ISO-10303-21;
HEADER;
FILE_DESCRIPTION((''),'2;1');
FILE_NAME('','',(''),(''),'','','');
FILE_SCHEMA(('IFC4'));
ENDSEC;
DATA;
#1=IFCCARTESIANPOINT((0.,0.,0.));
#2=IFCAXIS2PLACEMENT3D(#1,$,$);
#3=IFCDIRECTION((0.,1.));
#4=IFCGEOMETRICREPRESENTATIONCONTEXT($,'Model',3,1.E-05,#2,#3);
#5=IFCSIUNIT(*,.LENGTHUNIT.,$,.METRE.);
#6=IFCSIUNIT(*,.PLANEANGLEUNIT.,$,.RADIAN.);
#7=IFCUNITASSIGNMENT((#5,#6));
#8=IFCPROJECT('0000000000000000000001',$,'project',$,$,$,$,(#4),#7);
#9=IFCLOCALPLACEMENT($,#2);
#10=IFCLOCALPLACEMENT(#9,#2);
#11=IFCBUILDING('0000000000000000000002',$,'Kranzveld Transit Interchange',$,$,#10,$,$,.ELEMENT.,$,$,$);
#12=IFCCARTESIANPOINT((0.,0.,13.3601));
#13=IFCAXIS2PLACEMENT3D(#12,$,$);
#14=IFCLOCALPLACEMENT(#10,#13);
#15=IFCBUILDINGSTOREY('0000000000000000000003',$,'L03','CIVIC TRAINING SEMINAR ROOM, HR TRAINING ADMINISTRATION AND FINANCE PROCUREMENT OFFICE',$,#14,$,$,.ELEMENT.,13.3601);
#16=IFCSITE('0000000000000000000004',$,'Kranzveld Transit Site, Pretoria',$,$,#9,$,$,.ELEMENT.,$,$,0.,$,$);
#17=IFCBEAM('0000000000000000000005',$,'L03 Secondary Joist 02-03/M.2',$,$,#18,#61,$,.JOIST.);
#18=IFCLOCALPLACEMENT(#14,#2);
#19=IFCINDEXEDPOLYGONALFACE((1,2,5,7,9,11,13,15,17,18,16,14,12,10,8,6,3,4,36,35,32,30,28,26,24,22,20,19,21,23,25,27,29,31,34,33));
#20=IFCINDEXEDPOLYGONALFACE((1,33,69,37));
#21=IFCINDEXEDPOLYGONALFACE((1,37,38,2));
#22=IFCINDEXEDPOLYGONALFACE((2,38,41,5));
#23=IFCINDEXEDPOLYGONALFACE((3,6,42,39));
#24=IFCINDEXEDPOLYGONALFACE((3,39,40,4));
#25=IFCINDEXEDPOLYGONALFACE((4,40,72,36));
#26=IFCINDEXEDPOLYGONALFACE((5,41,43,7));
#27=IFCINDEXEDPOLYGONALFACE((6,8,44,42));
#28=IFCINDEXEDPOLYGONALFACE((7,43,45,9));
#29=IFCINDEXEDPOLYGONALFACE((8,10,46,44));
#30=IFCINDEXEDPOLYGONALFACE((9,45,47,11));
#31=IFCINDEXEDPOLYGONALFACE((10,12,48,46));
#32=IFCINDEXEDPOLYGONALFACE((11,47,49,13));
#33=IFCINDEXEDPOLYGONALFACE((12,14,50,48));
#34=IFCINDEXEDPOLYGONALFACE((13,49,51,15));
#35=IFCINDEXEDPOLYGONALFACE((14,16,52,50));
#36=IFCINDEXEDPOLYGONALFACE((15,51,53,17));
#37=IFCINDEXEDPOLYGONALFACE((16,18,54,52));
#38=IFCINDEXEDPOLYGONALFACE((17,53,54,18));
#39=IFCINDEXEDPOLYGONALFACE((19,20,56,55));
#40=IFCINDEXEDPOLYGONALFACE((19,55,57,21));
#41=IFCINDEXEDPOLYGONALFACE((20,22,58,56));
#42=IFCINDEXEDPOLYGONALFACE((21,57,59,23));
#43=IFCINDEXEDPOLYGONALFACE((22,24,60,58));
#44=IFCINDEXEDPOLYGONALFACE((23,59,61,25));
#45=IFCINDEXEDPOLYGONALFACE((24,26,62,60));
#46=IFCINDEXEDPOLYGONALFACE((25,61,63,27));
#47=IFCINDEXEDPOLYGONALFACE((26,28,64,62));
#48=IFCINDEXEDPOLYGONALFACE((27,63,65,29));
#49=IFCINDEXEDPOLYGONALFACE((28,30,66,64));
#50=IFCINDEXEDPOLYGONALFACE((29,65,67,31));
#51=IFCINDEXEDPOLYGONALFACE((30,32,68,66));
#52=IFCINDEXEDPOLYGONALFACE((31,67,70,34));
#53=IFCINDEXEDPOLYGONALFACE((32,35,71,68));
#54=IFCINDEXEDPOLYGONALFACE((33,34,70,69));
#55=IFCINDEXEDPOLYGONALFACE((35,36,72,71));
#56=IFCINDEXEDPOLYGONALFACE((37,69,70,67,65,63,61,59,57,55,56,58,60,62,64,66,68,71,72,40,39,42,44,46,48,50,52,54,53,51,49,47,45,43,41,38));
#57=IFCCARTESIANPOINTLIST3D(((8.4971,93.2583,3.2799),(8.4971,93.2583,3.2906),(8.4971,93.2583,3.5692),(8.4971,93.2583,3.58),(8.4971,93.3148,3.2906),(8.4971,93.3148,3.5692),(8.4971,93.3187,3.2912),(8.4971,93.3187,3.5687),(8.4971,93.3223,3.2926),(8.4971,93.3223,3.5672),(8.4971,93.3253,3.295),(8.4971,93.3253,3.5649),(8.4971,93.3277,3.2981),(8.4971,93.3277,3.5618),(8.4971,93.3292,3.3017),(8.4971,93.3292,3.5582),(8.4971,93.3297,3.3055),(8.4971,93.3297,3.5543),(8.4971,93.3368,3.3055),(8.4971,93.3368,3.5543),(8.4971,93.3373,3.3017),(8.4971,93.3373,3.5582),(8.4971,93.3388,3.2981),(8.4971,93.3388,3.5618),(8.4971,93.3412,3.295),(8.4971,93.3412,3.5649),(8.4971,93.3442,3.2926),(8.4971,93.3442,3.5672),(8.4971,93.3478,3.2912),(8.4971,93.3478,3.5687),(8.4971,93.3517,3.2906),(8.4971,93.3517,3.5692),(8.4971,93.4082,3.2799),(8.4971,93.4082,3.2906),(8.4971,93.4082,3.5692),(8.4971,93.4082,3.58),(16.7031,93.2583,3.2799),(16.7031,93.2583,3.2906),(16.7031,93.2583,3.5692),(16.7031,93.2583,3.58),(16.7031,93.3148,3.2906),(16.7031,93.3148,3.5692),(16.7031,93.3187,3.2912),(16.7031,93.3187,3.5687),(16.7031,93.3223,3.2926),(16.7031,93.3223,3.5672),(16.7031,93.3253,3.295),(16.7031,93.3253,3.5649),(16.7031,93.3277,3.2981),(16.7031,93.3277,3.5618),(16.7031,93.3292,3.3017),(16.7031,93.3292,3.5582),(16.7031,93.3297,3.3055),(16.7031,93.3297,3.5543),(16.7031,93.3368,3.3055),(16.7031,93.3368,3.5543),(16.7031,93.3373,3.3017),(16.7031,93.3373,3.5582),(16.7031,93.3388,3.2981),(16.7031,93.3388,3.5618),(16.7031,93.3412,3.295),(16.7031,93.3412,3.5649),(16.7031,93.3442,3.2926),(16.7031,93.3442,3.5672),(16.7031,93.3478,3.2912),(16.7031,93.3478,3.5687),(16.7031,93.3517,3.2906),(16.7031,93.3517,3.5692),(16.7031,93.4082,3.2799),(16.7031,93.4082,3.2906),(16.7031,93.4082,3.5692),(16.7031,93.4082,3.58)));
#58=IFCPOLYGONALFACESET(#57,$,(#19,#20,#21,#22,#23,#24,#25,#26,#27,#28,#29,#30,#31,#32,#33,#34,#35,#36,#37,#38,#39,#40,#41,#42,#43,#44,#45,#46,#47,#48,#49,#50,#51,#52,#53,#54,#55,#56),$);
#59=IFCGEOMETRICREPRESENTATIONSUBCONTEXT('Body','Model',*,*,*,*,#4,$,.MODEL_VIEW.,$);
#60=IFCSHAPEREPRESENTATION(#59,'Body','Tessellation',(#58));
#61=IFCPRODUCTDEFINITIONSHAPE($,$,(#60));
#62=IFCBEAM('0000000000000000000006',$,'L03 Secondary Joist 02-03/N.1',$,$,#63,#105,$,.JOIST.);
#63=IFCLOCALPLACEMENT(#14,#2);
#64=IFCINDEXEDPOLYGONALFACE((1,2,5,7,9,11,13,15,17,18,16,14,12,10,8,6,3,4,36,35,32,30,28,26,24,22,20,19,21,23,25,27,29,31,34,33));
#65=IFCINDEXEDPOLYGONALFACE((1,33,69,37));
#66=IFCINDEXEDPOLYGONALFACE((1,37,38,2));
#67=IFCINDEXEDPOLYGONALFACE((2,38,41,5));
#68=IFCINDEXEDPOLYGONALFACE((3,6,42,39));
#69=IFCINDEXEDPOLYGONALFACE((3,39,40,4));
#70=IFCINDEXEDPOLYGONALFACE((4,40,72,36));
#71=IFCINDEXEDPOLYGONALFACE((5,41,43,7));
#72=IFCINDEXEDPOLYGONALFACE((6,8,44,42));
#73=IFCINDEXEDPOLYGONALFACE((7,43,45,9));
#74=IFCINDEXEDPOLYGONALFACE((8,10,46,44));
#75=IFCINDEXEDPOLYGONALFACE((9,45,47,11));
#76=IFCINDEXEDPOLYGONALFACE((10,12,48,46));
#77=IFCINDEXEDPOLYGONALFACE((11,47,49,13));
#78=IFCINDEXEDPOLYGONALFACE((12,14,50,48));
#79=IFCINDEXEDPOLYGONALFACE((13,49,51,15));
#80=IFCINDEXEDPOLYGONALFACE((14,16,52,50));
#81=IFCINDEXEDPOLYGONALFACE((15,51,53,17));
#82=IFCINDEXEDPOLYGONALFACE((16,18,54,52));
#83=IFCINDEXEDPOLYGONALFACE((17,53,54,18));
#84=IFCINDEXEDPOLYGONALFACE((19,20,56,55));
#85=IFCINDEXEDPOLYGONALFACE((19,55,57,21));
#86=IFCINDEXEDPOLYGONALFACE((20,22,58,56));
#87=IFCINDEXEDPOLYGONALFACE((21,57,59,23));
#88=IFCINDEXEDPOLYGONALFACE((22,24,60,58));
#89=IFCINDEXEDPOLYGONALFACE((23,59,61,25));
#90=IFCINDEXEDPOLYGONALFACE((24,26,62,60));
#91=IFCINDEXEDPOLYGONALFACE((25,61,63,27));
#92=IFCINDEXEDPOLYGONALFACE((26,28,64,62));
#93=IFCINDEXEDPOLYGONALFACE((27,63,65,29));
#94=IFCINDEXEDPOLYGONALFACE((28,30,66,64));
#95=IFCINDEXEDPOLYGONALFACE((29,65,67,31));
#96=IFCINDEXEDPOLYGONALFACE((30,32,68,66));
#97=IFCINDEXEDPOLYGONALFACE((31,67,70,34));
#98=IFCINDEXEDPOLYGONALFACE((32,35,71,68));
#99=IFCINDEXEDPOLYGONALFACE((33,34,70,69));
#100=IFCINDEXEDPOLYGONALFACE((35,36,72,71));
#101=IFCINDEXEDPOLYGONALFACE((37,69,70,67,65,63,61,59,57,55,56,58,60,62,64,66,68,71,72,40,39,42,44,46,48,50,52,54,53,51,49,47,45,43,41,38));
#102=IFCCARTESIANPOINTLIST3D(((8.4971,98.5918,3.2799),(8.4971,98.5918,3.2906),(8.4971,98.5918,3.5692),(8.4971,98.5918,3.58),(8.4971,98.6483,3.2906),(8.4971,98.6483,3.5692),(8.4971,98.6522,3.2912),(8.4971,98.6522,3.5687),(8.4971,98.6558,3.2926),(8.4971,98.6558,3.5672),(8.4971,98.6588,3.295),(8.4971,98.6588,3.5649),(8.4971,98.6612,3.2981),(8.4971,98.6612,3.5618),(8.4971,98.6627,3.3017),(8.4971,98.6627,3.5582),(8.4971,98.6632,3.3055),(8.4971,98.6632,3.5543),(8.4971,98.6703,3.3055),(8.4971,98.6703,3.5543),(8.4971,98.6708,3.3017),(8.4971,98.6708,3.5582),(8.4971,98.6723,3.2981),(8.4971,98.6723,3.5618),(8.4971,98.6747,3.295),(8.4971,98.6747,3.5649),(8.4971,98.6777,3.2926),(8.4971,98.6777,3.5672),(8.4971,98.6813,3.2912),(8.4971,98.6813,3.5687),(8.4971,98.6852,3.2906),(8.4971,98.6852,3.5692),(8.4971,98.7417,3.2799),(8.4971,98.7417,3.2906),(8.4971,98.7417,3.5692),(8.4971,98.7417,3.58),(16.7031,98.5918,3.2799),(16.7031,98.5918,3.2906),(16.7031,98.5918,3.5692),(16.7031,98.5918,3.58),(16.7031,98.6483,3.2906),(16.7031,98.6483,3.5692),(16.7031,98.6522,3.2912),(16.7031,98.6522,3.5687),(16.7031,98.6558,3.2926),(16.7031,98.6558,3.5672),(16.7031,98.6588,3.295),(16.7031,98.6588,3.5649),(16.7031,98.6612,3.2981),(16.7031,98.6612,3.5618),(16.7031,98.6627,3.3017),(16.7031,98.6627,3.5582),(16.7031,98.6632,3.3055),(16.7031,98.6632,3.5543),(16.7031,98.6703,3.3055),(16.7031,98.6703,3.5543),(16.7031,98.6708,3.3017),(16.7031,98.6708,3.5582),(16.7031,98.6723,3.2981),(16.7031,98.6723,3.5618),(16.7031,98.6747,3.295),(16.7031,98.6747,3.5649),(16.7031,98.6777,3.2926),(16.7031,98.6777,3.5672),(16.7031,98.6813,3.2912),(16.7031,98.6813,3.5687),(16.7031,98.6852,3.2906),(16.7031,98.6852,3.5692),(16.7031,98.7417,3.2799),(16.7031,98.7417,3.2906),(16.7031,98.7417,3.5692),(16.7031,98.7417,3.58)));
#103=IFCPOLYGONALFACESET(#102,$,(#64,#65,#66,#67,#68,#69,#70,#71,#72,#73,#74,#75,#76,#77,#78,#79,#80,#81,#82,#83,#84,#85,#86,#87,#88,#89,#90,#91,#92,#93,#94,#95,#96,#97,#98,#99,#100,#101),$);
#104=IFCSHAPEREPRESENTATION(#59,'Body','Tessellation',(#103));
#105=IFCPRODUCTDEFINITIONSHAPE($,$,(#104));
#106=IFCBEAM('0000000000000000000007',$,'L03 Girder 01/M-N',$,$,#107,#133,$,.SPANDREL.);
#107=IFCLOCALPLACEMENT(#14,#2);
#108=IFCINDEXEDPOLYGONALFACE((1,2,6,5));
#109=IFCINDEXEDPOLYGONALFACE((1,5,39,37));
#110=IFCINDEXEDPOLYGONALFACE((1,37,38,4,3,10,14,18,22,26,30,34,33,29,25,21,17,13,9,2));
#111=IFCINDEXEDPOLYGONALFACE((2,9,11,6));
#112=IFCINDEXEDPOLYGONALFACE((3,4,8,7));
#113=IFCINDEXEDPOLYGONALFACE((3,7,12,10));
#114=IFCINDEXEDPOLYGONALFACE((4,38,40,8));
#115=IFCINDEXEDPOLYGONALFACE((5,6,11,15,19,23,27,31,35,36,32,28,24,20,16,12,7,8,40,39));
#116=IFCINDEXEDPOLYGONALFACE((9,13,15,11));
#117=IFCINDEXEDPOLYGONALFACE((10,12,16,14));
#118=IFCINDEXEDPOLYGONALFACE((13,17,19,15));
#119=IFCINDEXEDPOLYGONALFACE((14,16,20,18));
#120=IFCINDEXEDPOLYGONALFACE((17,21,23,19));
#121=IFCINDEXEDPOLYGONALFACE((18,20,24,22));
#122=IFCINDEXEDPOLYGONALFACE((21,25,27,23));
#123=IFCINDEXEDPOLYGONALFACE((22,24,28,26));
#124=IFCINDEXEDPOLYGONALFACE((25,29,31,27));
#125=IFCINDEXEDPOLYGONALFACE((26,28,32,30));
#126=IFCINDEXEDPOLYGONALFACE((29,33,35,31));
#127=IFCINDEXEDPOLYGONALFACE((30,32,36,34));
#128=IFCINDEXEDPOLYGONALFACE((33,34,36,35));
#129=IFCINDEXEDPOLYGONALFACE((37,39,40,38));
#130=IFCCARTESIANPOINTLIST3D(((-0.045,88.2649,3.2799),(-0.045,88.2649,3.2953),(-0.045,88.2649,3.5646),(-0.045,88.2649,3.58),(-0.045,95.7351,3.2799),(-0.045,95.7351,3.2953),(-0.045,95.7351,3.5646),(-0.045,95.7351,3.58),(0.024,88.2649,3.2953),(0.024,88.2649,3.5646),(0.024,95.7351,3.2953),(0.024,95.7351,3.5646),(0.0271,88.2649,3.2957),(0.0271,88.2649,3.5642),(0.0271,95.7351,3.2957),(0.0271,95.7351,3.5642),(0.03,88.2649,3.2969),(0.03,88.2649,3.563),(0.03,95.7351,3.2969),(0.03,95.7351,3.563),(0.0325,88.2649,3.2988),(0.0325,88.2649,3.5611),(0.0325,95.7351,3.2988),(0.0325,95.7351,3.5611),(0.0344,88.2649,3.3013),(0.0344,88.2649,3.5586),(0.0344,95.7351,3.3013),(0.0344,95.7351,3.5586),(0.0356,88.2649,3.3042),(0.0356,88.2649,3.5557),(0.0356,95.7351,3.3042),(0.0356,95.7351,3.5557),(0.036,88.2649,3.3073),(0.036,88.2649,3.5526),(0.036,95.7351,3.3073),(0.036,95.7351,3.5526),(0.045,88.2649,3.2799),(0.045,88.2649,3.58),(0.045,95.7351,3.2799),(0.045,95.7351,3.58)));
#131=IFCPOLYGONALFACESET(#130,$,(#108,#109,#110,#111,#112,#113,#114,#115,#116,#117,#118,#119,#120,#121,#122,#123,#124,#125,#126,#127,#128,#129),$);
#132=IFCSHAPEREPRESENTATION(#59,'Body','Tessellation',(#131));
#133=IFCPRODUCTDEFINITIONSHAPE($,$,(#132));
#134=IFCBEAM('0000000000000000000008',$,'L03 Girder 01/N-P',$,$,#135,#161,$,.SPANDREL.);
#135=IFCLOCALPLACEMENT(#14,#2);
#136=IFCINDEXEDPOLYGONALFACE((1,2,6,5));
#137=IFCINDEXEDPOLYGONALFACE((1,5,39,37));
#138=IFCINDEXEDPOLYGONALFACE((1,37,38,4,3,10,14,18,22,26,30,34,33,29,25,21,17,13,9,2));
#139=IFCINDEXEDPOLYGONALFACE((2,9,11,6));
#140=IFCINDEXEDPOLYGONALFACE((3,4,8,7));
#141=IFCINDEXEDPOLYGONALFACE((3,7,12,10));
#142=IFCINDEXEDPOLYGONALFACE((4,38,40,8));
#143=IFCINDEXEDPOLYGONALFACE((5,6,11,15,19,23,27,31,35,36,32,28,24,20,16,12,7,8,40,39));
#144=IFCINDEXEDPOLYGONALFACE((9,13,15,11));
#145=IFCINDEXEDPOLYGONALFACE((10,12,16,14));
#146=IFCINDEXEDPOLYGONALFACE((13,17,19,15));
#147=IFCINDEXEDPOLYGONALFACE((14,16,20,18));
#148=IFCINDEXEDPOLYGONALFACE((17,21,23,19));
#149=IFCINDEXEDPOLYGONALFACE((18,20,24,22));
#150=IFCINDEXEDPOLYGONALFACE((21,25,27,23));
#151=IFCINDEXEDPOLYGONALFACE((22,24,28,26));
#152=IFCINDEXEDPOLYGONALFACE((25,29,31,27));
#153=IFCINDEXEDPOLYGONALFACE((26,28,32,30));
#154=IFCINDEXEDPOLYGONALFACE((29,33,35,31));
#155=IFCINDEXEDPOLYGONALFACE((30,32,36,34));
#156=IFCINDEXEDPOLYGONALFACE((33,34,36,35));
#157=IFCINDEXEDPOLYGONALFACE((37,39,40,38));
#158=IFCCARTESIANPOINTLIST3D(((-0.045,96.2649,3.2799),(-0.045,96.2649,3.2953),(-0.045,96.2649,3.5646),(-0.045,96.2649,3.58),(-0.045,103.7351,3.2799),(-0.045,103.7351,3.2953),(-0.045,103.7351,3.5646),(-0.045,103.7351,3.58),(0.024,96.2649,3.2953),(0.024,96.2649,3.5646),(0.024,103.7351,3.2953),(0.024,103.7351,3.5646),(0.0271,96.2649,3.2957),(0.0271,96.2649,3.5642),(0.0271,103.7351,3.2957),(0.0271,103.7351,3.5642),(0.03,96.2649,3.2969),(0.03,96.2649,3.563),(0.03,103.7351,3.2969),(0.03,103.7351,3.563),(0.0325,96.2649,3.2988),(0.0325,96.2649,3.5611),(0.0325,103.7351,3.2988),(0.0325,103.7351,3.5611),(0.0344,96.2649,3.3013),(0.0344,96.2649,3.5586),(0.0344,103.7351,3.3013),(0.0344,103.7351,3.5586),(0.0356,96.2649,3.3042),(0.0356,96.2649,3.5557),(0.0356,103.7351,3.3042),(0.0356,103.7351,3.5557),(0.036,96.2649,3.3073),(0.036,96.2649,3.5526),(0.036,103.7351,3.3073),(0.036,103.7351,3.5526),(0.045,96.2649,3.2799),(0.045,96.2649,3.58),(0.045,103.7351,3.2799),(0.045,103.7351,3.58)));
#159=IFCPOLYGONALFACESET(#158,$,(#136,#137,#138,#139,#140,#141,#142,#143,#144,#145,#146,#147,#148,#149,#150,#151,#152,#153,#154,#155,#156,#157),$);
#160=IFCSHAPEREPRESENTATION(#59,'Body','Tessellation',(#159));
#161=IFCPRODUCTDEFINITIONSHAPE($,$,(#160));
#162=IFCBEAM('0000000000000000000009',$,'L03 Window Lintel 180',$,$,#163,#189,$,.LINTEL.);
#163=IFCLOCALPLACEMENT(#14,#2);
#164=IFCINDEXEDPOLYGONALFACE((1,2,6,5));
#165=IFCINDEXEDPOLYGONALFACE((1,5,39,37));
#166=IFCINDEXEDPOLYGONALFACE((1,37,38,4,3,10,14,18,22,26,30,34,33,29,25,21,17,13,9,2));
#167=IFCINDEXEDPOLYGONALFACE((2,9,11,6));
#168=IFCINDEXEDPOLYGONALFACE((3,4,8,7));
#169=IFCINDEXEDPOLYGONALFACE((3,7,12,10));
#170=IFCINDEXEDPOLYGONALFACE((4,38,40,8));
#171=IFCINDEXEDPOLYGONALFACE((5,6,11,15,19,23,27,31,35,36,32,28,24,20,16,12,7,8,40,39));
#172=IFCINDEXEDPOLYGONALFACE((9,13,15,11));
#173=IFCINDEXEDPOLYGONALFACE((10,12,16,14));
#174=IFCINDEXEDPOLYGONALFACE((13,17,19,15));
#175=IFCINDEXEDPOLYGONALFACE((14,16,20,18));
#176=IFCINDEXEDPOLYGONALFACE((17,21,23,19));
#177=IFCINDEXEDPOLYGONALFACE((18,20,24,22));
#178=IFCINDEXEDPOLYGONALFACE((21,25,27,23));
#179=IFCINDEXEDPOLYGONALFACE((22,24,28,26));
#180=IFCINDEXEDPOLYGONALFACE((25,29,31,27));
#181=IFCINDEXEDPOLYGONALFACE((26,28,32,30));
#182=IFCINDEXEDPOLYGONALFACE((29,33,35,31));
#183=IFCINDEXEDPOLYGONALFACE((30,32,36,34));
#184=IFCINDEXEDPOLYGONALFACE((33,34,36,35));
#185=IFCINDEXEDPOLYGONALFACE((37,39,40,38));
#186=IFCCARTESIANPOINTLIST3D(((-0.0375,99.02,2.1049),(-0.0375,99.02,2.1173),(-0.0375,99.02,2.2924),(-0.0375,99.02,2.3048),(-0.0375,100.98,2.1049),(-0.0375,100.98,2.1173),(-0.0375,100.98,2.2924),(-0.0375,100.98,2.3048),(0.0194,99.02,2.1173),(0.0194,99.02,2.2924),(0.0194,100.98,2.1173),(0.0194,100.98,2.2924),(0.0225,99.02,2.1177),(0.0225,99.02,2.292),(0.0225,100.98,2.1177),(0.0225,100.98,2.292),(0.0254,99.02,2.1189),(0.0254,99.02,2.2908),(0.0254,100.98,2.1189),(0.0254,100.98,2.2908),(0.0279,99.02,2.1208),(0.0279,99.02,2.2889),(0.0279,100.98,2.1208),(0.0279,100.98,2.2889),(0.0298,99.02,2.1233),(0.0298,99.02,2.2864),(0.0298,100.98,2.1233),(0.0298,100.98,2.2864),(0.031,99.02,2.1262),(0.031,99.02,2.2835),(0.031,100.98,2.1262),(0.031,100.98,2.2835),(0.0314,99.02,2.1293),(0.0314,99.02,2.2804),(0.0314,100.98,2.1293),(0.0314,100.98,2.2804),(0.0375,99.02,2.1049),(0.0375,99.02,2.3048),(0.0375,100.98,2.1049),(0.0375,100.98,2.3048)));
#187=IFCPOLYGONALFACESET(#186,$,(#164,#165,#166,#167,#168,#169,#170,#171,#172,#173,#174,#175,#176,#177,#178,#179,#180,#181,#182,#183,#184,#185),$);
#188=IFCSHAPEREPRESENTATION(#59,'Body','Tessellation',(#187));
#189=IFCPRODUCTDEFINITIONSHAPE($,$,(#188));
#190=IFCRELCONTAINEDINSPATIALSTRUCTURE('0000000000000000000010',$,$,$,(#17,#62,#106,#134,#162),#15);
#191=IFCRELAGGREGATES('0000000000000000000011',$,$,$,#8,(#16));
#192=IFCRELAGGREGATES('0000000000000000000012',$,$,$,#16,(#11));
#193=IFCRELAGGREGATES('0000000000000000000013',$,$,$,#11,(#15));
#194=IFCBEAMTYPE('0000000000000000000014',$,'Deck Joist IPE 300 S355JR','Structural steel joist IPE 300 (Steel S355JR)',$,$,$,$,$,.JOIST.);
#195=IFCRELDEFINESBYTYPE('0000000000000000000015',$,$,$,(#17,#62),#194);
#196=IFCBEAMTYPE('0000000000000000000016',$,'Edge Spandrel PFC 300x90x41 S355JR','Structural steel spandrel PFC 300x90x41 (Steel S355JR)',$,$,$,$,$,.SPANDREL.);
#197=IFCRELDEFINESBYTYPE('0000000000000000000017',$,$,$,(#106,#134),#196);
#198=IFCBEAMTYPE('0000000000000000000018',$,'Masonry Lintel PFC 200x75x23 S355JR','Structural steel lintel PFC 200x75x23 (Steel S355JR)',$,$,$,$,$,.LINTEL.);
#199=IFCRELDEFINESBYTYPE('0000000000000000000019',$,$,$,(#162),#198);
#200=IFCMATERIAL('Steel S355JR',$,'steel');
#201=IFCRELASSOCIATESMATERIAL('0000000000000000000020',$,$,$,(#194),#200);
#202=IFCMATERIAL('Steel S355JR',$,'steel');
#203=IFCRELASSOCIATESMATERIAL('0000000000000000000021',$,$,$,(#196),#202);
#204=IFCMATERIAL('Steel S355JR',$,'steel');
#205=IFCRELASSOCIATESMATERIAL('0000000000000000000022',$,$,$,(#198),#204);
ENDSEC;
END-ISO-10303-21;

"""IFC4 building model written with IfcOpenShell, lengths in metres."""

from ifc_helpers import new_model, si_unit, direction, frame, origin, origin_2d, place, context, subcontext, project, spatial, i_section, u_section, extrude, material, material_profile, profile_set, type_object, element, save


model = new_model("IFC4")

# Units and contexts
model_context = context("Model", 3, precision=1e-05, world=origin(), true_north=direction((0.0, 1.0)))
body_context = subcontext(model_context, "Body", "Model", "MODEL_VIEW")
ifc_project = project(units=[si_unit("LENGTHUNIT", "METRE"), si_unit("PLANEANGLEUNIT", "RADIAN")], contexts=[model_context])

# Site, building, storey
site_placement = place(None, origin())
site = spatial("IfcSite", under=ifc_project, at=site_placement, Name="Kranzveld Transit Site, Pretoria", CompositionType="ELEMENT", RefElevation=0.0)
building_placement = place(site_placement, origin())
building = spatial("IfcBuilding", under=site, at=building_placement, Name="Kranzveld Transit Interchange", CompositionType="ELEMENT")
storey_placement = place(building_placement, frame((0.0, 0.0, 13.3601)))
storey = spatial("IfcBuildingStorey", under=building, at=storey_placement, Name="L03", Description="CIVIC TRAINING SEMINAR ROOM, HR TRAINING ADMINISTRATION AND FINANCE PROCUREMENT OFFICE", CompositionType="ELEMENT", Elevation=13.3601)

# Beams
ifc_material_1 = material(Name="Steel S355JR", Category="steel")
ifc_material_profile_1 = material_profile(ifc_material_1, i_section(OverallWidth=0.1499, OverallDepth=0.3, WebThickness=0.0071, FlangeThickness=0.0107, FilletRadius=0.0149, at=origin_2d()), Name="IPE 300")
ifc_profile_set_1 = profile_set([ifc_material_profile_1], Name="Steel S355JR")
beam_type_1 = type_object("IfcBeamType", Name="Deck Joist IPE 300 S355JR", Description="Structural steel joist IPE 300 (Steel S355JR)", PredefinedType="JOIST", material=ifc_profile_set_1)
for number, where, z_axis, x_axis, name in (
    (1, (8.4971, 93.3333, 3.4299), (1.0, 0.0, 0.0), (0.0, 1.0, 0.0), "L03 Secondary Joist 02-03/M.2"),
    (2, (8.4971, 98.6667, 3.4299), (1.0, 0.0, 0.0), (0.0, 1.0, 0.0), "L03 Secondary Joist 02-03/N.1"),
):
    element("IfcBeam", number, at=place(storey_placement, frame(where, z_axis=z_axis, x_axis=x_axis)), inside=storey, type_object=beam_type_1, Name=name, PredefinedType="JOIST", context=body_context, shape_type="SweptSolid", body=[
        extrude(i_section(OverallWidth=0.1499, OverallDepth=0.3, WebThickness=0.0071, FlangeThickness=0.0107, FilletRadius=0.0149, at=origin_2d()), origin(), (0.0, 0.0, 1.0), 8.2061),
    ])
ifc_material_2 = material(Name="Steel S355JR", Category="steel")
ifc_material_profile_2 = material_profile(ifc_material_2, u_section(Depth=0.3, FlangeWidth=0.0901, WebThickness=0.009, FlangeThickness=0.0154, FilletRadius=0.012, at=origin_2d()), Name="PFC 300x90x41")
ifc_profile_set_2 = profile_set([ifc_material_profile_2], Name="Steel S355JR")
beam_type_2 = type_object("IfcBeamType", Name="Edge Spandrel PFC 300x90x41 S355JR", Description="Structural steel spandrel PFC 300x90x41 (Steel S355JR)", PredefinedType="SPANDREL", material=ifc_profile_set_2)
for number, where, z_axis, x_axis, name in (
    (3, (0.0, 88.2649, 3.4299), (0.0, 1.0, 0.0), (-1.0, 0.0, 0.0), "L03 Girder 01/M-N"),
    (4, (0.0, 96.2649, 3.4299), (0.0, 1.0, 0.0), (-1.0, 0.0, 0.0), "L03 Girder 01/N-P"),
):
    element("IfcBeam", number, at=place(storey_placement, frame(where, z_axis=z_axis, x_axis=x_axis)), inside=storey, type_object=beam_type_2, Name=name, PredefinedType="SPANDREL", context=body_context, shape_type="SweptSolid", body=[
        extrude(u_section(Depth=0.3, FlangeWidth=0.0901, WebThickness=0.009, FlangeThickness=0.0154, FilletRadius=0.012, at=origin_2d()), origin(), (0.0, 0.0, 1.0), 7.4702),
    ])
ifc_material_3 = material(Name="Steel S355JR", Category="steel")
ifc_material_profile_3 = material_profile(ifc_material_3, u_section(Depth=0.2, FlangeWidth=0.075, WebThickness=0.0061, FlangeThickness=0.0125, FilletRadius=0.012, at=origin_2d()), Name="PFC 200x75x23")
ifc_profile_set_3 = profile_set([ifc_material_profile_3], Name="Steel S355JR")
beam_type_3 = type_object("IfcBeamType", Name="Masonry Lintel PFC 200x75x23 S355JR", Description="Structural steel lintel PFC 200x75x23 (Steel S355JR)", PredefinedType="LINTEL", material=ifc_profile_set_3)
beam_1_placement = place(storey_placement, frame((0.0, 99.02, 2.2048), z_axis=(0.0, 1.0, 0.0), x_axis=(-1.0, 0.0, 0.0)))
element("IfcBeam", 5, at=beam_1_placement, inside=storey, type_object=beam_type_3, Name="L03 Window Lintel 180", PredefinedType="LINTEL", context=body_context, shape_type="SweptSolid", body=[
    extrude(u_section(Depth=0.2, FlangeWidth=0.075, WebThickness=0.0061, FlangeThickness=0.0125, FilletRadius=0.012, at=origin_2d()), origin(), (0.0, 0.0, 1.0), 1.96),
])

save(model, "model.ifc")
